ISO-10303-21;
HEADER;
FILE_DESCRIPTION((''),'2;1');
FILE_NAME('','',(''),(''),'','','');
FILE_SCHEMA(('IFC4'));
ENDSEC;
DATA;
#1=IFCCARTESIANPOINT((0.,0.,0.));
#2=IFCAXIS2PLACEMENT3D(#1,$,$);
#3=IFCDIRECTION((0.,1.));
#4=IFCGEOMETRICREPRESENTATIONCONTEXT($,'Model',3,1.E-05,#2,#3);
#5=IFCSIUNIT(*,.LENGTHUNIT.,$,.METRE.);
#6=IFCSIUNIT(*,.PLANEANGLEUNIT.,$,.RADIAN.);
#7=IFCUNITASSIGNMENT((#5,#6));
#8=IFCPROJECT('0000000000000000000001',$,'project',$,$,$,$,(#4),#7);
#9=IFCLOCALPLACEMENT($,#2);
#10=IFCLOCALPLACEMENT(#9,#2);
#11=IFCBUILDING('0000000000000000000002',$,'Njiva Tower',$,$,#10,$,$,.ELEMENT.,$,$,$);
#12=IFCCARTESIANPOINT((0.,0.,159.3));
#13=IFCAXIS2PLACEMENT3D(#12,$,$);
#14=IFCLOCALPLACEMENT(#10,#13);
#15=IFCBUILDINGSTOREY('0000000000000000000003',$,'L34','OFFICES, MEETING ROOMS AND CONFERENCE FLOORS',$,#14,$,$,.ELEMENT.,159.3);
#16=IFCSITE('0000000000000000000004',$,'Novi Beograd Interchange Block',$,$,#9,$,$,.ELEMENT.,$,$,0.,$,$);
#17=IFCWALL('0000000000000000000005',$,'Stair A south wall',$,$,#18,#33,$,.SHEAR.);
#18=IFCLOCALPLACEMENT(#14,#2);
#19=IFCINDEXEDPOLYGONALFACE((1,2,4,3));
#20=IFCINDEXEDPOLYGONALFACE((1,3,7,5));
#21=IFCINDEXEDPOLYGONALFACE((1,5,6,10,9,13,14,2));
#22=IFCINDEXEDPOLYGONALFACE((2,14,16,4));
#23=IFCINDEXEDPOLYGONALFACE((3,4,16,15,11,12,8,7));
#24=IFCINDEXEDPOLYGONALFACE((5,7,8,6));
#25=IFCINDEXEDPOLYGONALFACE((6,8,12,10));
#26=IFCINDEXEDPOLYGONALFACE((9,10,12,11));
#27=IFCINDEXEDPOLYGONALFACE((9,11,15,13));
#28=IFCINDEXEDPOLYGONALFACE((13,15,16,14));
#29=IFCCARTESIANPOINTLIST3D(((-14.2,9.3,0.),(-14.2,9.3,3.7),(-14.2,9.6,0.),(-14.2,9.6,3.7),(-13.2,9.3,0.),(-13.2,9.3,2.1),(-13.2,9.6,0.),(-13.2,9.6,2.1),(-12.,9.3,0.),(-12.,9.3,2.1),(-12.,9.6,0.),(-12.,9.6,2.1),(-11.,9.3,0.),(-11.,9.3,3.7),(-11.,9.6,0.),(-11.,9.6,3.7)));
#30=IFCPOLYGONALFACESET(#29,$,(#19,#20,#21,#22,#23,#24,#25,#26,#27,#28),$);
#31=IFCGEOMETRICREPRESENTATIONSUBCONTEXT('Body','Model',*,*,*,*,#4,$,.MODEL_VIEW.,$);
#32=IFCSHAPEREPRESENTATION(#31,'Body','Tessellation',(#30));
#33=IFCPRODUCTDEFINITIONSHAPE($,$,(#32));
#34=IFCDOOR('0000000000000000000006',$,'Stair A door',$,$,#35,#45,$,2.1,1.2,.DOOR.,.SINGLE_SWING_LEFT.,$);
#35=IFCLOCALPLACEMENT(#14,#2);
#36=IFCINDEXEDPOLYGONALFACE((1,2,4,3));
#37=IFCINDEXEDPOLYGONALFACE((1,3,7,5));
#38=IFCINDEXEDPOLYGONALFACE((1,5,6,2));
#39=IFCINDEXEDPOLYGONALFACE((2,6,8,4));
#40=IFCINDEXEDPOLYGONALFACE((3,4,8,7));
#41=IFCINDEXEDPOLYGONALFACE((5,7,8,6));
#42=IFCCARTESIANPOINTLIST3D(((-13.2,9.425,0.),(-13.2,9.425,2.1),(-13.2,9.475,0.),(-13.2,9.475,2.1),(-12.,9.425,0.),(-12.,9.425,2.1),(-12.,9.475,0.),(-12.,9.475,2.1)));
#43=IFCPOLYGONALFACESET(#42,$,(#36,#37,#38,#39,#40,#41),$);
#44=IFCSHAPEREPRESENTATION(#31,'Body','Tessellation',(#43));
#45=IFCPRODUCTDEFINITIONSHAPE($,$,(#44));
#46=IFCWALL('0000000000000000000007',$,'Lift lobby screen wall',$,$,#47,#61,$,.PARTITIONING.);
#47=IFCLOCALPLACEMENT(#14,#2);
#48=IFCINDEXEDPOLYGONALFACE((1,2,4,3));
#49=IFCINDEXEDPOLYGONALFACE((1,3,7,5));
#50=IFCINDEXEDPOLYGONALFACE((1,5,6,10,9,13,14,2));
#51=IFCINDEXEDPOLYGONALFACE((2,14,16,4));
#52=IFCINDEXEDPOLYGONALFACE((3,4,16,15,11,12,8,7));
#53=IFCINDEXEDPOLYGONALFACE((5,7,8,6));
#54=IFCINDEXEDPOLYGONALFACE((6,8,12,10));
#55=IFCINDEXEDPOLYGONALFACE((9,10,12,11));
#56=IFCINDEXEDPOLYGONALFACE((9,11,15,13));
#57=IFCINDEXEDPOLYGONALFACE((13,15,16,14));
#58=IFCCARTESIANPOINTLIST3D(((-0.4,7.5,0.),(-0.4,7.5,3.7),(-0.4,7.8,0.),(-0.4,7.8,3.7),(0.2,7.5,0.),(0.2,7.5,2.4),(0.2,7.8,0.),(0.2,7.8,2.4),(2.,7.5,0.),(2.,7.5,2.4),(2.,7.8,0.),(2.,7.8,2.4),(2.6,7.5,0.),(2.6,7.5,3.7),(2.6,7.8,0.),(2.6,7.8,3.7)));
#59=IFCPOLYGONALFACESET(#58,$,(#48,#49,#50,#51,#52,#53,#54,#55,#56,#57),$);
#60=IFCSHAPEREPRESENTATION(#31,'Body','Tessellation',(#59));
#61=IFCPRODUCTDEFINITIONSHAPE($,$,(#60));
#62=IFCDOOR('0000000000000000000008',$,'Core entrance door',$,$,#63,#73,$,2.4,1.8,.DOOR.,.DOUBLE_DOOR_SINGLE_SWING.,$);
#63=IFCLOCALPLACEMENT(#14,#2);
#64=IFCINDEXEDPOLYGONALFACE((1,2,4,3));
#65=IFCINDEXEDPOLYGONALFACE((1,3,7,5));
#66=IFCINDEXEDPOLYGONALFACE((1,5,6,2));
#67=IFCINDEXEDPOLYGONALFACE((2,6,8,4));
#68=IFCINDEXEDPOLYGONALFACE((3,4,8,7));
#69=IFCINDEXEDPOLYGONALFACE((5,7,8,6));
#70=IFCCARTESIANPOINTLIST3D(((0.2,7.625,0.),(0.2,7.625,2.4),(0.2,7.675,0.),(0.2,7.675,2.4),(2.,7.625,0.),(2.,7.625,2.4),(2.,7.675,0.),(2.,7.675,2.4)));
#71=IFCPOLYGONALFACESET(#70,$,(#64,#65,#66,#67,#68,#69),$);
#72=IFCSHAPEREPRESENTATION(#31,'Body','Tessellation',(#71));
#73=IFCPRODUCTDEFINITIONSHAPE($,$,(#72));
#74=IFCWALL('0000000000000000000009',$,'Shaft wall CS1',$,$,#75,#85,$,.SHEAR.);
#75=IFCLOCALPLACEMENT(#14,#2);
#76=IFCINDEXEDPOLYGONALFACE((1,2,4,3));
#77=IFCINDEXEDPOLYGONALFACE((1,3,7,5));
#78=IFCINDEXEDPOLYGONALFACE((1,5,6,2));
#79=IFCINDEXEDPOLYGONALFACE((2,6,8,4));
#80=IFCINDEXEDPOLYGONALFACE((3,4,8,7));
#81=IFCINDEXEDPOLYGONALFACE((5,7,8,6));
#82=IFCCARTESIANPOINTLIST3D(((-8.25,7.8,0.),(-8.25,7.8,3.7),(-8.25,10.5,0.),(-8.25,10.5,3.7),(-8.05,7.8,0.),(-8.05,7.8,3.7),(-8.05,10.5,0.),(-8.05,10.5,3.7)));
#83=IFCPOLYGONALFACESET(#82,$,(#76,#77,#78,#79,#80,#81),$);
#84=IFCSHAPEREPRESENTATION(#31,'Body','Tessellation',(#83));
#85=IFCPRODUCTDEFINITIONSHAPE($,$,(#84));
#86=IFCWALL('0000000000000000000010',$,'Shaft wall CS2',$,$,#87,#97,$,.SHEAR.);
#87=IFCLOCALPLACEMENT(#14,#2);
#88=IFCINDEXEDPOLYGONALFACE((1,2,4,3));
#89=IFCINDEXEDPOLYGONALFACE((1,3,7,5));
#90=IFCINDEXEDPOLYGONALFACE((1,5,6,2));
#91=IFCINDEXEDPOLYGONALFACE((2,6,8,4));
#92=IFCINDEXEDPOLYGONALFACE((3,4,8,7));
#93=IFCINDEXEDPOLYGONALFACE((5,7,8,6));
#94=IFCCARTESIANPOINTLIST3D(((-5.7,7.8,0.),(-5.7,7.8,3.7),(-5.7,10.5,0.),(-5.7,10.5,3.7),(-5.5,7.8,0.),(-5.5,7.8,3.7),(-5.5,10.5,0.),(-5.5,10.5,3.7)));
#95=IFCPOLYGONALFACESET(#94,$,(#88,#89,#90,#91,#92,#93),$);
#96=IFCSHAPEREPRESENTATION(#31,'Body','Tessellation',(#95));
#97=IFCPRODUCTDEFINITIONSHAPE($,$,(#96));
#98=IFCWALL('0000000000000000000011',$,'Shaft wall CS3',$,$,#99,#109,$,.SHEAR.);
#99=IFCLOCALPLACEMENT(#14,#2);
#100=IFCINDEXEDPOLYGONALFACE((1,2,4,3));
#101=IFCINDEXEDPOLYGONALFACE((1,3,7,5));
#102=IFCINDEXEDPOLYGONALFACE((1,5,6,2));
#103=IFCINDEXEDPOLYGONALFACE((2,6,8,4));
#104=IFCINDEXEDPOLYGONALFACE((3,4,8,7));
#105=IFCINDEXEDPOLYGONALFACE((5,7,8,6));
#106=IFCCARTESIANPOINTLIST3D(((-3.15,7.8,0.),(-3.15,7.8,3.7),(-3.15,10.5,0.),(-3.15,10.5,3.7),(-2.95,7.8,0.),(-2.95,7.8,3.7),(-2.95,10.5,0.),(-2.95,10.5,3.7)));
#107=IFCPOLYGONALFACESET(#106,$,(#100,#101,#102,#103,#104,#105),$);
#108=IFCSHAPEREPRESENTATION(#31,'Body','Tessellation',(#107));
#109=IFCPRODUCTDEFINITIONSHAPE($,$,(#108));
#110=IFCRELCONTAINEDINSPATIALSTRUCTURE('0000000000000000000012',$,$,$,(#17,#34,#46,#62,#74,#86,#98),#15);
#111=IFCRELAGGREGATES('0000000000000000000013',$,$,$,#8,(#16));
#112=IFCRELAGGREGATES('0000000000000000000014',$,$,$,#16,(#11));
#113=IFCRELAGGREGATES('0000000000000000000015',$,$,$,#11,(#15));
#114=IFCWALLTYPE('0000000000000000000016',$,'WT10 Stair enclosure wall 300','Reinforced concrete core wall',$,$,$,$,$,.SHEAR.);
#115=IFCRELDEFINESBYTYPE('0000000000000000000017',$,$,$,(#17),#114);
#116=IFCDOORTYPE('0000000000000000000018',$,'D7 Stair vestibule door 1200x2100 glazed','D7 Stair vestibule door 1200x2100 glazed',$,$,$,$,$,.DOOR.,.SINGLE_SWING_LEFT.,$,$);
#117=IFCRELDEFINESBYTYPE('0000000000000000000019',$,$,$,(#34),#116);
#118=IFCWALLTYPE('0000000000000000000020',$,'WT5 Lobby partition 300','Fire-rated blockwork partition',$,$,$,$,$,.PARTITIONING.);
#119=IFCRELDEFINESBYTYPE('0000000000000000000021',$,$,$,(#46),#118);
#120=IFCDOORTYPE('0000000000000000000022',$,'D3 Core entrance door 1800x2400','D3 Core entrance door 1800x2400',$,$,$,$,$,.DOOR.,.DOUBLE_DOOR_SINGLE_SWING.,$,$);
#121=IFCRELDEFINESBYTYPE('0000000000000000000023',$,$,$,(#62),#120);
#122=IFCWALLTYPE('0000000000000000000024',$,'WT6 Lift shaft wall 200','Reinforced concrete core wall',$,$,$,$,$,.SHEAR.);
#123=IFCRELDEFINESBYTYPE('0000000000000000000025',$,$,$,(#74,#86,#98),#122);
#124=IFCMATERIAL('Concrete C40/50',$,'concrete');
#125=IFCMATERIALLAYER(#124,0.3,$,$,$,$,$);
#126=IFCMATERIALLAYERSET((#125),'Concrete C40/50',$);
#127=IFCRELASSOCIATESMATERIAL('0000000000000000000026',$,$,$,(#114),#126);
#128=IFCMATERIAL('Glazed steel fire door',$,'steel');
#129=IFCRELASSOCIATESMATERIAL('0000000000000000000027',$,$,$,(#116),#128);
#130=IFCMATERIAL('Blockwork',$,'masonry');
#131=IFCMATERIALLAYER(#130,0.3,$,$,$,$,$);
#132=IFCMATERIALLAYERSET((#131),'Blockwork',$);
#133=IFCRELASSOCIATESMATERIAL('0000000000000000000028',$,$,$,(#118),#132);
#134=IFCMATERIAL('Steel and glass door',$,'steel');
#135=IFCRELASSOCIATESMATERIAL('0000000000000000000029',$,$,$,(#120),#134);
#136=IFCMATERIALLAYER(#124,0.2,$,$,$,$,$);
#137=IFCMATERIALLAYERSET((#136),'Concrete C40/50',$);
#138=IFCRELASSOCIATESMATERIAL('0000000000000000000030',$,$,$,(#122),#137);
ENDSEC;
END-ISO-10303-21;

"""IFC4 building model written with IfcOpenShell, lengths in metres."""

from ifc_helpers import new_model, si_unit, direction, frame, frame_2d, origin, place, context, subcontext, project, spatial, rectangle, extrude, material, layer, layer_set, type_object, element, fill, save


model = new_model("IFC4")

# Units and contexts
model_context = context("Model", 3, precision=1e-05, world=origin(), true_north=direction((0.0, 1.0)))
body_context = subcontext(model_context, "Body", "Model", "MODEL_VIEW")
ifc_project = project(units=[si_unit("LENGTHUNIT", "METRE"), si_unit("PLANEANGLEUNIT", "RADIAN")], contexts=[model_context])

# Site, building, storey
site_placement = place(None, origin())
site = spatial("IfcSite", under=ifc_project, at=site_placement, Name="Novi Beograd Interchange Block", CompositionType="ELEMENT", RefElevation=0.0)
building_placement = place(site_placement, origin())
building = spatial("IfcBuilding", under=site, at=building_placement, Name="Njiva Tower", CompositionType="ELEMENT")
storey_placement = place(building_placement, frame((0.0, 0.0, 159.3)))
storey = spatial("IfcBuildingStorey", under=building, at=storey_placement, Name="L34", Description="OFFICES, MEETING ROOMS AND CONFERENCE FLOORS", CompositionType="ELEMENT", Elevation=159.3)

# Shared definitions
ifc_material_1 = material(Name="Blockwork", Category="masonry")

# Shared definitions
ifc_material_2 = material(Name="Concrete C40/50", Category="concrete")
ifc_layer_1 = layer(ifc_material_2, 0.3)
ifc_layer_set_1 = layer_set([ifc_layer_1], Name="Concrete C40/50")
wall_type_1 = type_object("IfcWallType", Name="WT10 Stair enclosure wall 300", Description="Reinforced concrete core wall", PredefinedType="SHEAR", material=ifc_layer_set_1)
ifc_material_3 = material(Name="Glazed steel fire door", Category="steel")

# Walls, openings, doors
wall_1_placement = place(storey_placement, frame((-14.2, 9.45, 0.0), z_axis=(0.0, 0.0, 1.0), x_axis=(1.0, 0.0, 0.0)))
wall_1 = element("IfcWall", 1, at=wall_1_placement, inside=storey, type_object=wall_type_1, Name="Stair A south wall", PredefinedType="SHEAR", context=body_context, shape_type="SweptSolid", body=[
    extrude(rectangle(XDim=3.2, YDim=0.3, at=frame_2d((1.6, 0.0))), origin(), (0.0, 0.0, 1.0), 3.7),
])
opening_1_placement = place(wall_1_placement, frame((1.0, 0.0, 0.0)))
opening_1 = element("IfcOpeningElement", 2, at=opening_1_placement, cuts=wall_1, PredefinedType="OPENING", context=body_context, shape_type="SweptSolid", body=[
    extrude(rectangle(XDim=1.2, YDim=2.1, at=frame_2d((0.6, 1.05))), frame((0.0, 0.16, 0.0), z_axis=(0.0, -1.0, 0.0), x_axis=(1.0, 0.0, 0.0)), (0.0, 0.0, 1.0), 0.32),
])
door_type_1 = type_object("IfcDoorType", Name="D7 Stair vestibule door 1200x2100 glazed", Description="D7 Stair vestibule door 1200x2100 glazed", OperationType="SINGLE_SWING_LEFT", PredefinedType="DOOR", material=ifc_material_3)
door_1_placement = place(opening_1_placement, origin())
door_1 = element("IfcDoor", 3, at=door_1_placement, inside=storey, type_object=door_type_1, Name="Stair A door", OperationType="SINGLE_SWING_LEFT", OverallHeight=2.1, OverallWidth=1.2, PredefinedType="DOOR", context=body_context, shape_type="SweptSolid", body=[
    extrude(rectangle(XDim=1.2, YDim=2.1, at=frame_2d((0.6, 1.05))), frame((0.0, 0.025, 0.0), z_axis=(0.0, -1.0, 0.0), x_axis=(1.0, 0.0, 0.0)), (0.0, 0.0, 1.0), 0.05),
])
fill(opening_1, door_1)
ifc_layer_2 = layer(ifc_material_1, 0.3)
ifc_layer_set_2 = layer_set([ifc_layer_2], Name="Blockwork")
wall_type_2 = type_object("IfcWallType", Name="WT5 Lobby partition 300", Description="Fire-rated blockwork partition", PredefinedType="PARTITIONING", material=ifc_layer_set_2)
wall_2_placement = place(storey_placement, frame((-0.4, 7.65, 0.0), z_axis=(0.0, 0.0, 1.0), x_axis=(1.0, 0.0, 0.0)))
wall_2 = element("IfcWall", 4, at=wall_2_placement, inside=storey, type_object=wall_type_2, Name="Lift lobby screen wall", PredefinedType="PARTITIONING", context=body_context, shape_type="SweptSolid", body=[
    extrude(rectangle(XDim=3.0, YDim=0.3, at=frame_2d((1.5, 0.0))), origin(), (0.0, 0.0, 1.0), 3.7),
])
opening_2_placement = place(wall_2_placement, frame((0.6, 0.0, 0.0)))
opening_2 = element("IfcOpeningElement", 5, at=opening_2_placement, cuts=wall_2, PredefinedType="OPENING", context=body_context, shape_type="SweptSolid", body=[
    extrude(rectangle(XDim=1.8, YDim=2.4, at=frame_2d((0.9, 1.2))), frame((0.0, 0.16, 0.0), z_axis=(0.0, -1.0, 0.0), x_axis=(1.0, 0.0, 0.0)), (0.0, 0.0, 1.0), 0.32),
])
ifc_material_4 = material(Name="Steel and glass door", Category="steel")
door_type_2 = type_object("IfcDoorType", Name="D3 Core entrance door 1800x2400", Description="D3 Core entrance door 1800x2400", OperationType="DOUBLE_DOOR_SINGLE_SWING", PredefinedType="DOOR", material=ifc_material_4)
door_2_placement = place(opening_2_placement, origin())
door_2 = element("IfcDoor", 6, at=door_2_placement, inside=storey, type_object=door_type_2, Name="Core entrance door", OperationType="DOUBLE_DOOR_SINGLE_SWING", OverallHeight=2.4, OverallWidth=1.8, PredefinedType="DOOR", context=body_context, shape_type="SweptSolid", body=[
    extrude(rectangle(XDim=1.8, YDim=2.4, at=frame_2d((0.9, 1.2))), frame((0.0, 0.025, 0.0), z_axis=(0.0, -1.0, 0.0), x_axis=(1.0, 0.0, 0.0)), (0.0, 0.0, 1.0), 0.05),
])
fill(opening_2, door_2)

# Walls
ifc_layer_3 = layer(ifc_material_2, 0.2)
ifc_layer_set_3 = layer_set([ifc_layer_3], Name="Concrete C40/50")
wall_type_3 = type_object("IfcWallType", Name="WT6 Lift shaft wall 200", Description="Reinforced concrete core wall", PredefinedType="SHEAR", material=ifc_layer_set_3)
for number, where, z_axis, x_axis, name in (
    (7, (-8.15, 7.8, 0.0), (0.0, 0.0, 1.0), (0.0, 1.0, 0.0), "Shaft wall CS1"),
    (8, (-5.6, 7.8, 0.0), (0.0, 0.0, 1.0), (0.0, 1.0, 0.0), "Shaft wall CS2"),
    (9, (-3.05, 7.8, 0.0), (0.0, 0.0, 1.0), (0.0, 1.0, 0.0), "Shaft wall CS3"),
):
    element("IfcWall", number, at=place(storey_placement, frame(where, z_axis=z_axis, x_axis=x_axis)), inside=storey, type_object=wall_type_3, Name=name, PredefinedType="SHEAR", context=body_context, shape_type="SweptSolid", body=[
        extrude(rectangle(XDim=2.7, YDim=0.2, at=frame_2d((1.35, 0.0))), origin(), (0.0, 0.0, 1.0), 3.7),
    ])

save(model, "model.ifc")
